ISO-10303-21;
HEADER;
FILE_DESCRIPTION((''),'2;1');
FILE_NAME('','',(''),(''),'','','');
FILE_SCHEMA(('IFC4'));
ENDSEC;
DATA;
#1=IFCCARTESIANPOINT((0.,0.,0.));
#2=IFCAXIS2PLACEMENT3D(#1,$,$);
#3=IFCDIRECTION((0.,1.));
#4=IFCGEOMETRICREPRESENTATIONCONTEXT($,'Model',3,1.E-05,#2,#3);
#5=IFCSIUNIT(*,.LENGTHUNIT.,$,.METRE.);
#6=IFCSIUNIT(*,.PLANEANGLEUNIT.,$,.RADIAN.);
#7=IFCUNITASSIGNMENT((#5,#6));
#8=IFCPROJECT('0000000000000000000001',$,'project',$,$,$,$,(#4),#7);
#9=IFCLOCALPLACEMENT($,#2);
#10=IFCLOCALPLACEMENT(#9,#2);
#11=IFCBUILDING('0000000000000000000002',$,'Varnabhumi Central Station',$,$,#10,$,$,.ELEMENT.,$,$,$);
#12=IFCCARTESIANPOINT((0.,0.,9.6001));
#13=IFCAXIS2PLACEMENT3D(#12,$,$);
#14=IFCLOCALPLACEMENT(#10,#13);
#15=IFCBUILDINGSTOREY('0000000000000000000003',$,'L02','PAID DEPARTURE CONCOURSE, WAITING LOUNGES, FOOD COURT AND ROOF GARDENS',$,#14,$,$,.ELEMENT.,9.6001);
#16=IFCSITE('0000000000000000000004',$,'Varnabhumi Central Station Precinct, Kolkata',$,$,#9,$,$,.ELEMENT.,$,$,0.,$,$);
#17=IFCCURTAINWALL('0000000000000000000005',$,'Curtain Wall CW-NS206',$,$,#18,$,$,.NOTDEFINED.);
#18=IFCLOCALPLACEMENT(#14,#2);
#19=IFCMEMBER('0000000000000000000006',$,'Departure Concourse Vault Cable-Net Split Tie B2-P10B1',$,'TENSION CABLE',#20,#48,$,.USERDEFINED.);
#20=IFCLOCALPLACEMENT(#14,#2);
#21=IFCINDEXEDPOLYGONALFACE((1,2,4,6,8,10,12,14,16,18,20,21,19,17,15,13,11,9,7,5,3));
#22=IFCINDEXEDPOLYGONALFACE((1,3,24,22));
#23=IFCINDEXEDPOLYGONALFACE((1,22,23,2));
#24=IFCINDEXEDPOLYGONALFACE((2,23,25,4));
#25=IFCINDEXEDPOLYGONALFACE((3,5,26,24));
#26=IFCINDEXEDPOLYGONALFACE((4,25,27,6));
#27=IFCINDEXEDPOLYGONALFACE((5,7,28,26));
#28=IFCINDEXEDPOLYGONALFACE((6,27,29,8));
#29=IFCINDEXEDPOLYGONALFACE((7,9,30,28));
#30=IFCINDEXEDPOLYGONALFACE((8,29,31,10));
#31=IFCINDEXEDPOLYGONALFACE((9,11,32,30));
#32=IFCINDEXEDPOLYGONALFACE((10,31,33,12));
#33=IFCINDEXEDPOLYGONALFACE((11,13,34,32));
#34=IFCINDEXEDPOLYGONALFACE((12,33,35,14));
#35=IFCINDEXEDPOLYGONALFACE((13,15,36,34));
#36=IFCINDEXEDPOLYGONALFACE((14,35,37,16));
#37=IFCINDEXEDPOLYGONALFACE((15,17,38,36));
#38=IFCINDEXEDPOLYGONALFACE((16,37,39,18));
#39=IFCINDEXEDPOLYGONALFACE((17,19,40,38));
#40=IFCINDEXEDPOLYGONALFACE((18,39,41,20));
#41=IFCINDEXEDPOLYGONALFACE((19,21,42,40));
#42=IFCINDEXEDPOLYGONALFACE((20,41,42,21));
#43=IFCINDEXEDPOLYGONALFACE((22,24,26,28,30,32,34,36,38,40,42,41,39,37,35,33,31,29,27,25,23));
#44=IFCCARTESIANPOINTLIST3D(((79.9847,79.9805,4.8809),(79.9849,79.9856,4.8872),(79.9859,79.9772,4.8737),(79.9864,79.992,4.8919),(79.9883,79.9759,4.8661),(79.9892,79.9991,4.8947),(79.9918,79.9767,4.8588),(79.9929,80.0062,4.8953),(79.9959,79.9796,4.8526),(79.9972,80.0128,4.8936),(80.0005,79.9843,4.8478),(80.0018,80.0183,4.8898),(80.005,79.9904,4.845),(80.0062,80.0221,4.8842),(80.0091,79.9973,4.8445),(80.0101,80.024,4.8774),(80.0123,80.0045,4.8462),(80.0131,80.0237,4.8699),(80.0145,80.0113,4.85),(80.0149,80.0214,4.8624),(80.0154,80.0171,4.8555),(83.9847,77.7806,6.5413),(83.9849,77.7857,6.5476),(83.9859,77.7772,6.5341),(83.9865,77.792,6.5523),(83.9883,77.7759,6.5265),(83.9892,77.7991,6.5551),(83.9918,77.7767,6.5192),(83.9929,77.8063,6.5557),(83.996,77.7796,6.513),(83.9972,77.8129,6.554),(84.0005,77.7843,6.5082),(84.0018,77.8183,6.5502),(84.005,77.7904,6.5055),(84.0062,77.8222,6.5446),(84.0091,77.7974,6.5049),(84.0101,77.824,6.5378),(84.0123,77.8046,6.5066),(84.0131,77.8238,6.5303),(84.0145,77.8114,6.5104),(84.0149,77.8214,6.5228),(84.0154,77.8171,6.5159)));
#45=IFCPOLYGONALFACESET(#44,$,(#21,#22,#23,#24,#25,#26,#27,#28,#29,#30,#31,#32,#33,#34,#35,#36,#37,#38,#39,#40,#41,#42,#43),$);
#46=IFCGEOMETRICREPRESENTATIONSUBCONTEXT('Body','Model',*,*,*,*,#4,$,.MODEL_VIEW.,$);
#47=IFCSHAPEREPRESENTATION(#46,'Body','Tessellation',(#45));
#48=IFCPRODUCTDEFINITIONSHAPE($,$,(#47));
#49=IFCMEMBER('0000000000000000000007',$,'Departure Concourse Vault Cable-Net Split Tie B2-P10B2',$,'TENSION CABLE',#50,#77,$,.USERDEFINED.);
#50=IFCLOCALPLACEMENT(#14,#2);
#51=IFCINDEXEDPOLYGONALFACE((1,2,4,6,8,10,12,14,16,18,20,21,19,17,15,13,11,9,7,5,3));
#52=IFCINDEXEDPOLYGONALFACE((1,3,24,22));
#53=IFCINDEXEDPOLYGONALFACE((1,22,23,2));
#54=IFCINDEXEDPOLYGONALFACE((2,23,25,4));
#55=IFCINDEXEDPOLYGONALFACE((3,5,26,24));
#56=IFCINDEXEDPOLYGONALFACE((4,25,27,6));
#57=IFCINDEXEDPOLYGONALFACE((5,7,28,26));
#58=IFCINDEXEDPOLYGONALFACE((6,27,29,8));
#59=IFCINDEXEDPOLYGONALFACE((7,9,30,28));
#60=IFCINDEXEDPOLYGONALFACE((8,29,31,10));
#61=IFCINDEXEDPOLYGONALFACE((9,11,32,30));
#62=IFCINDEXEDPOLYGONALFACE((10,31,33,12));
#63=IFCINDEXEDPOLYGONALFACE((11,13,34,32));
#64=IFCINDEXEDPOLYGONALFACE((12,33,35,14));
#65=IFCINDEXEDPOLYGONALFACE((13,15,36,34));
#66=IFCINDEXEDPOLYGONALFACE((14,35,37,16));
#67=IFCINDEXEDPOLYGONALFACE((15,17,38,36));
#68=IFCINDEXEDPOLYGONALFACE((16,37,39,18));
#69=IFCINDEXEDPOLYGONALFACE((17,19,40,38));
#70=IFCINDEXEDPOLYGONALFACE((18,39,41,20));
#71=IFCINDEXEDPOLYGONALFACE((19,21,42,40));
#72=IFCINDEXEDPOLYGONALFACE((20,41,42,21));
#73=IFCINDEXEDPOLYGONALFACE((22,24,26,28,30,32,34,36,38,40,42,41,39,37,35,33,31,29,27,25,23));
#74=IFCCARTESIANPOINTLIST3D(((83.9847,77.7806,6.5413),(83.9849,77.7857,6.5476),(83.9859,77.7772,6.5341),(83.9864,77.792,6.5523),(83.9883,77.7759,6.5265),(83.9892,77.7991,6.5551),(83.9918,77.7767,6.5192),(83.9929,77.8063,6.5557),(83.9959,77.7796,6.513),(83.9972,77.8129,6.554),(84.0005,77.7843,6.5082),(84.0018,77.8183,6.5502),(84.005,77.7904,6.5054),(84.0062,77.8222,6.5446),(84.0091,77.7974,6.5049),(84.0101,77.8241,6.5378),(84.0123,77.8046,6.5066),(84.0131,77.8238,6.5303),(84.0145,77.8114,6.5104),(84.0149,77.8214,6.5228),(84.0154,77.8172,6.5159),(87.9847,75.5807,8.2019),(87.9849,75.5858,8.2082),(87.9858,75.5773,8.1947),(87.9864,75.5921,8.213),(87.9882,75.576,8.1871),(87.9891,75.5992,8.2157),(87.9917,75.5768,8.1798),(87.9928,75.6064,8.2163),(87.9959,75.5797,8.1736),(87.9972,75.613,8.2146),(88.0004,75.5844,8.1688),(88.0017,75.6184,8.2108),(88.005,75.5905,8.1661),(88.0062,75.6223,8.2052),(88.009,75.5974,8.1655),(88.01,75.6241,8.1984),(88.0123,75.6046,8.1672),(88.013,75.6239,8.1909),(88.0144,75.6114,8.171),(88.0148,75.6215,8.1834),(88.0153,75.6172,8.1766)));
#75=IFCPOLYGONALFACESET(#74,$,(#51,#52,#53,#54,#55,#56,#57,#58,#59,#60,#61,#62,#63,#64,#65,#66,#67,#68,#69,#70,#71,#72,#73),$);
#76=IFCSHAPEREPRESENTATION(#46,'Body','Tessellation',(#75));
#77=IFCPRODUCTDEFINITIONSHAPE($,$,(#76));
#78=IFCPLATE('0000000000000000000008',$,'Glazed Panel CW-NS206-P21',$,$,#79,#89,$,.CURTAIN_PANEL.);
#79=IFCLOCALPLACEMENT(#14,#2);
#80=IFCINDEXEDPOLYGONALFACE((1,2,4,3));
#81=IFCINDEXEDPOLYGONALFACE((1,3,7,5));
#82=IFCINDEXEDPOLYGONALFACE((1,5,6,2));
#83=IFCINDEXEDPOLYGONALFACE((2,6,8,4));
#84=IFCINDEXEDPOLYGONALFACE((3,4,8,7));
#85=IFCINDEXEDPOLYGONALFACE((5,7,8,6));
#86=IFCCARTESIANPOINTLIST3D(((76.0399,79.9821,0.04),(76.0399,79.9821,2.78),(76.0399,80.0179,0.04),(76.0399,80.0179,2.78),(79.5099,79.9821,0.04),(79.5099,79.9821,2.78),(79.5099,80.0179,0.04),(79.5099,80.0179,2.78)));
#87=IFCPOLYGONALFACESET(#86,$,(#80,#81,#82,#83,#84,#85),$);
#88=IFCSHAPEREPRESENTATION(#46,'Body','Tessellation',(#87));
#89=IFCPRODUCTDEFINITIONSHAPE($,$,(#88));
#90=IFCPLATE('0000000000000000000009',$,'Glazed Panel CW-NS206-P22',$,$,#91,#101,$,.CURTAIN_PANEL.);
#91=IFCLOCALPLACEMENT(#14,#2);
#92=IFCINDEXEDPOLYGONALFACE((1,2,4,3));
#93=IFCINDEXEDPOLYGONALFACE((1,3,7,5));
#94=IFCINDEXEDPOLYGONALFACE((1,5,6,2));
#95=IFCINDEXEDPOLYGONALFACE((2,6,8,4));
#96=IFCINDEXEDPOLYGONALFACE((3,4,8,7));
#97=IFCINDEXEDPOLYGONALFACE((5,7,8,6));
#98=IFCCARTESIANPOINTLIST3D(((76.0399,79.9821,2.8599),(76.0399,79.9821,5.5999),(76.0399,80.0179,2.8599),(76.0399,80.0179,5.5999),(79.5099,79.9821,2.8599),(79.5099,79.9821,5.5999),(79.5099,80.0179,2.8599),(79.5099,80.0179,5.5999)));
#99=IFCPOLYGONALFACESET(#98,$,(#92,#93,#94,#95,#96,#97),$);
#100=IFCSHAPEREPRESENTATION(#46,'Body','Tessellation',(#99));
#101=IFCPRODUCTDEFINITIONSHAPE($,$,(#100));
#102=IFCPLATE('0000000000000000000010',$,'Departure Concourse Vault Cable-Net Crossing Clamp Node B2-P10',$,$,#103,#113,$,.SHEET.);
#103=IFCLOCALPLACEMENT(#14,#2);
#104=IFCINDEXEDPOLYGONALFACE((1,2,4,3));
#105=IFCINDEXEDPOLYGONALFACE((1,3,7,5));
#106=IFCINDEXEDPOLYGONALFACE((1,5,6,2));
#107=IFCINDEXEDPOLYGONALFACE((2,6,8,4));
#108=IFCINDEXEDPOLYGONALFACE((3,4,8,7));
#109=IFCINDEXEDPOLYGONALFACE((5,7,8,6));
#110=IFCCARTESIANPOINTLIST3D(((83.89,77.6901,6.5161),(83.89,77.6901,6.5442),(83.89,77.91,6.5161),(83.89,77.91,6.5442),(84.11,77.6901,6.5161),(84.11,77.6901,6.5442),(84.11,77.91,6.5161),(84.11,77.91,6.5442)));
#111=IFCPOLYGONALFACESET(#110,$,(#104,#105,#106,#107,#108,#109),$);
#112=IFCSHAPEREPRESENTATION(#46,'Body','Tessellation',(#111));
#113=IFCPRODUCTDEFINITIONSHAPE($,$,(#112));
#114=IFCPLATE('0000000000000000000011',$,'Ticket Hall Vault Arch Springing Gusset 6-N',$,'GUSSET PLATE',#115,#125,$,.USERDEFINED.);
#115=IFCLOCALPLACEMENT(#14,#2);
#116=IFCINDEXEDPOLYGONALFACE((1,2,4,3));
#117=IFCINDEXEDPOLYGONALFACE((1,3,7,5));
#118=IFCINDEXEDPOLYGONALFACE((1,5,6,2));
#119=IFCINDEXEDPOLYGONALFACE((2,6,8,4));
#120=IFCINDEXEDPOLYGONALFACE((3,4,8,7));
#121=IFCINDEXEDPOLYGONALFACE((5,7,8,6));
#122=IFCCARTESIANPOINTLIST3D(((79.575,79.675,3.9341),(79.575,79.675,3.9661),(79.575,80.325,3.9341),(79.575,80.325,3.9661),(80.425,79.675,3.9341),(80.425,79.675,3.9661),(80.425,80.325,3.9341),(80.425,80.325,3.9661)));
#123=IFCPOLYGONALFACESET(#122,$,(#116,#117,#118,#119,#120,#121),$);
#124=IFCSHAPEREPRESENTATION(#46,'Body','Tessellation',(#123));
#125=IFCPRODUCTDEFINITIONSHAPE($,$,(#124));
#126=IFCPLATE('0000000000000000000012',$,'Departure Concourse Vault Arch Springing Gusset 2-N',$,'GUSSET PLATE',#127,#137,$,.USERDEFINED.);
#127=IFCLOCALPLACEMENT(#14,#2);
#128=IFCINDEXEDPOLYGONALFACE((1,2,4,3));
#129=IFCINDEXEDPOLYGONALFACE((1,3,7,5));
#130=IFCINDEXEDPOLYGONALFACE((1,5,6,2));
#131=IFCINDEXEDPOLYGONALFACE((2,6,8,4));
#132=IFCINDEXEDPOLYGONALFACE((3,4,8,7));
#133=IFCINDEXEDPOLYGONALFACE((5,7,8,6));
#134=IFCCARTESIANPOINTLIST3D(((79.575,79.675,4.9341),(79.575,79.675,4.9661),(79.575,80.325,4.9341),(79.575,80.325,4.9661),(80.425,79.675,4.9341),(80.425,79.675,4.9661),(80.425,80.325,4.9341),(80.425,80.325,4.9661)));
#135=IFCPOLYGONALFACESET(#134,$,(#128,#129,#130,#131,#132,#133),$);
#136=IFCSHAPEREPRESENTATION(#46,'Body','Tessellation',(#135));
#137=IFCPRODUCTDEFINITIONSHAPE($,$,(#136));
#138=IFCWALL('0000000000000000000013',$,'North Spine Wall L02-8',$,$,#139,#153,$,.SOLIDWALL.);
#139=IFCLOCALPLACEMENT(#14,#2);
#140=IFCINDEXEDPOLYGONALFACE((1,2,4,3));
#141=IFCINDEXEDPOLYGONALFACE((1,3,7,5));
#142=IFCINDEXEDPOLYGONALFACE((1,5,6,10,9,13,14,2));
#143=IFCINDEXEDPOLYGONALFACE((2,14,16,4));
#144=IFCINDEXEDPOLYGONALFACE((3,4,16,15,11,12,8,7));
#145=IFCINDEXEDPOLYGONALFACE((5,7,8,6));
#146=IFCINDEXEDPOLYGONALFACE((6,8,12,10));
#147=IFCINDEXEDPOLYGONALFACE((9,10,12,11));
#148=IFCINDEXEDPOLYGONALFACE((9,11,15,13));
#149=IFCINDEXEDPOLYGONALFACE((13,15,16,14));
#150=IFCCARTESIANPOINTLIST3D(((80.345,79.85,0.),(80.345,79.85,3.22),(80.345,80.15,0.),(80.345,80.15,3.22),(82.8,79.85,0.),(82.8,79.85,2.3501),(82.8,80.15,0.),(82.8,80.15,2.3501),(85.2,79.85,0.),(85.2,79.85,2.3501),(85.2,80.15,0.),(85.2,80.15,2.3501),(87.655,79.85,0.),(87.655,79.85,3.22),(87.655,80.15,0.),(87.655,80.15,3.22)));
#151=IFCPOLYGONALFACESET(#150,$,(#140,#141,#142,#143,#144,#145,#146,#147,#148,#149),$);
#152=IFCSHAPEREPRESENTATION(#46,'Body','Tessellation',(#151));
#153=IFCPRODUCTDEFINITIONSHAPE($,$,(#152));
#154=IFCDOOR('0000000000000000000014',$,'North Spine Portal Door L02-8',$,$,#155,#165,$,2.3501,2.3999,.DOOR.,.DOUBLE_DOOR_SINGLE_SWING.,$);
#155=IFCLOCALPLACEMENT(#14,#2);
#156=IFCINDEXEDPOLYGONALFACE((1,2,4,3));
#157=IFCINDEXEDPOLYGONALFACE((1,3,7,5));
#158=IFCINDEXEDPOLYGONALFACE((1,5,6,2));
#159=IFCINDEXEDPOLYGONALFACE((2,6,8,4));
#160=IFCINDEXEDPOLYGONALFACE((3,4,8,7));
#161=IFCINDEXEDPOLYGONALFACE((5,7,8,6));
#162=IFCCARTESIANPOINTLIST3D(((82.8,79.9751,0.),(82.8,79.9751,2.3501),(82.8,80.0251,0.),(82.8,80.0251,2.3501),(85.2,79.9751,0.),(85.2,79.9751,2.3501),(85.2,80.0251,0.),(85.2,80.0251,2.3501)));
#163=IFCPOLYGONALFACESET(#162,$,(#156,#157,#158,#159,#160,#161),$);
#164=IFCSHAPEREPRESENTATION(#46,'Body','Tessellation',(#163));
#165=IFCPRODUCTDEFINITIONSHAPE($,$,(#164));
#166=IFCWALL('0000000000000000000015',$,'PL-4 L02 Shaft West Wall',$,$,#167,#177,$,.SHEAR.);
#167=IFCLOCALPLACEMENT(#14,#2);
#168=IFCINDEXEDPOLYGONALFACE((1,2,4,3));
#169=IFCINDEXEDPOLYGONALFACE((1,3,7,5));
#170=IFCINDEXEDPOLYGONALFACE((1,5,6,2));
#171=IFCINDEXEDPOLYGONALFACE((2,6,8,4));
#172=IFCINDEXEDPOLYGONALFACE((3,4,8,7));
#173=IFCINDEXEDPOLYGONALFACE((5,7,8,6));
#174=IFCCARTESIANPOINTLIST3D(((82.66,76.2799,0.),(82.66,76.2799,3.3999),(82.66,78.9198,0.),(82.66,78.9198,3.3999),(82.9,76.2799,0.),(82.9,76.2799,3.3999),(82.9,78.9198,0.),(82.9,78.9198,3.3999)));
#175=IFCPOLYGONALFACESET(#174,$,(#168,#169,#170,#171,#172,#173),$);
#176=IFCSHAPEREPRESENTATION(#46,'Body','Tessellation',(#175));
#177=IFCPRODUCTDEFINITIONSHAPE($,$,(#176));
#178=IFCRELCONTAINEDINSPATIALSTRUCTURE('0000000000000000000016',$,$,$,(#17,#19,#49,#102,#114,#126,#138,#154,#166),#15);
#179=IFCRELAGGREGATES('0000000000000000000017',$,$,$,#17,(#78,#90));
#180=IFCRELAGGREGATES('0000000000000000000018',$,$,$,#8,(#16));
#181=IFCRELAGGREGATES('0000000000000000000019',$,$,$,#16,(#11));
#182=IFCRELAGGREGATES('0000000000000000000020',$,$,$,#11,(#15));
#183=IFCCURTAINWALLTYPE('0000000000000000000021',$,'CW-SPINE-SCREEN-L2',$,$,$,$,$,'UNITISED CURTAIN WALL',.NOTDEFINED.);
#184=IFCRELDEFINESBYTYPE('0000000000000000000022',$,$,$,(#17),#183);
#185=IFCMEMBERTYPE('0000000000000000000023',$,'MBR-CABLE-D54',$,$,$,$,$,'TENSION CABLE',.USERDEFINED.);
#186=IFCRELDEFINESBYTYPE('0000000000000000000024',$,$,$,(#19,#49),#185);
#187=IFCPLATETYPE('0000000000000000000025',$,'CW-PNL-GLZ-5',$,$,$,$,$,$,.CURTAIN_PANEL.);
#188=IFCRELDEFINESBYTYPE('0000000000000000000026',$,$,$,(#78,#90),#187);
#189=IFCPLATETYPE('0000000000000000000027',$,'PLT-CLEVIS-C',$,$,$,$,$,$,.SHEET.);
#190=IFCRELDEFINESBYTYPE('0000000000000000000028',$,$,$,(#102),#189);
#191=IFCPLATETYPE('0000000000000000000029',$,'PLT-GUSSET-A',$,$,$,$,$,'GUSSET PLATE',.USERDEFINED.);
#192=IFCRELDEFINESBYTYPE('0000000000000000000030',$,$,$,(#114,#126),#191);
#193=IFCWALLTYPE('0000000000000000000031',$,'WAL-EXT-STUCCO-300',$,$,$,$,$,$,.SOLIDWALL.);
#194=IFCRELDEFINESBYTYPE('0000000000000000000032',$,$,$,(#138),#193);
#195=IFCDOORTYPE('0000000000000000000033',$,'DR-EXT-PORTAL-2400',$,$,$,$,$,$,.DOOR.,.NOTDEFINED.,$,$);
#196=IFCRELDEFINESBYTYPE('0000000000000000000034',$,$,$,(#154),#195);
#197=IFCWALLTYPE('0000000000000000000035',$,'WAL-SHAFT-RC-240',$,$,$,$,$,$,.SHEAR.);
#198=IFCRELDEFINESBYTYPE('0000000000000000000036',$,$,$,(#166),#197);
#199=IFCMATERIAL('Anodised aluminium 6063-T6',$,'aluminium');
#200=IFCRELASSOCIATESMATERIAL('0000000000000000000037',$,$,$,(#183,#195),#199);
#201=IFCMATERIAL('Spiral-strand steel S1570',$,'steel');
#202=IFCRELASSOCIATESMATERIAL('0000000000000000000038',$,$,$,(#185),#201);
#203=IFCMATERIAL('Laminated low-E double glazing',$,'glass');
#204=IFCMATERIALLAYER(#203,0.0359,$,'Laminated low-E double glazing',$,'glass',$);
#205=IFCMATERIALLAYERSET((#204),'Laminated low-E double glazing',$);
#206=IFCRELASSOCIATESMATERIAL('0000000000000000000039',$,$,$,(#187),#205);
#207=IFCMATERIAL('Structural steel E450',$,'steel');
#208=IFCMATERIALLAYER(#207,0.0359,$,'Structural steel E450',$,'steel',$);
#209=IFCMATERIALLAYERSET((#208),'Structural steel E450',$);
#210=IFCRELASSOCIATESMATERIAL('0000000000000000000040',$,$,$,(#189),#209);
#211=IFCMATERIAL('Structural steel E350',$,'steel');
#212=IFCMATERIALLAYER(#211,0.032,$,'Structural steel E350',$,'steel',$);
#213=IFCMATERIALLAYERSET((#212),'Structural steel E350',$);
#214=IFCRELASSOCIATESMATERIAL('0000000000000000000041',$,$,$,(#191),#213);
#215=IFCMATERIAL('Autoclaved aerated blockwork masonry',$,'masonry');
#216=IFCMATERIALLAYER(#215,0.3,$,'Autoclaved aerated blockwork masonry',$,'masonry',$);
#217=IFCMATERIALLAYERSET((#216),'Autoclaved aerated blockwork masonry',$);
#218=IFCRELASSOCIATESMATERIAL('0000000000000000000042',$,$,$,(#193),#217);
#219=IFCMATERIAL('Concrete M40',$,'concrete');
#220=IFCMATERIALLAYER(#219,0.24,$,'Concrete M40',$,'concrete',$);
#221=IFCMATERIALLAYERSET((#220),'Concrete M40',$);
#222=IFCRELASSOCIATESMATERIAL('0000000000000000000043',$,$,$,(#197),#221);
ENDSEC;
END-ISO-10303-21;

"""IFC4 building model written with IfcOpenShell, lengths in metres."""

from ifc_helpers import new_model, si_unit, direction, frame, frame_2d, origin, origin_2d, place, context, subcontext, project, spatial, rectangle, circle, extrude, material, layer, layer_set, material_profile, profile_set, type_object, element, fill, aggregate, save


model = new_model("IFC4")

# Units and contexts
model_context = context("Model", 3, precision=1e-05, world=origin(), true_north=direction((0.0, 1.0)))
body_context = subcontext(model_context, "Body", "Model", "MODEL_VIEW")
ifc_project = project(units=[si_unit("LENGTHUNIT", "METRE"), si_unit("PLANEANGLEUNIT", "RADIAN")], contexts=[model_context])

# Site, building, storey
site_placement = place(None, origin())
site = spatial("IfcSite", under=ifc_project, at=site_placement, Name="Varnabhumi Central Station Precinct, Kolkata", CompositionType="ELEMENT", RefElevation=0.0)
building_placement = place(site_placement, origin())
building = spatial("IfcBuilding", under=site, at=building_placement, Name="Varnabhumi Central Station", CompositionType="ELEMENT")
storey_placement = place(building_placement, frame((0.0, 0.0, 9.6001)))
storey = spatial("IfcBuildingStorey", under=building, at=storey_placement, Name="L02", Description="PAID DEPARTURE CONCOURSE, WAITING LOUNGES, FOOD COURT AND ROOF GARDENS", CompositionType="ELEMENT", Elevation=9.6001)

# Shared definitions
ifc_material_1 = material(Name="Structural steel E450", Category="steel")
ifc_material_2 = material(Name="Structural steel E350", Category="steel")
ifc_material_3 = material(Name="Concrete M40", Category="concrete")

# Curtain wall
ifc_material_4 = material(Name="Anodised aluminium 6063-T6", Category="aluminium")
curtain_wall_type = type_object("IfcCurtainWallType", Name="CW-SPINE-SCREEN-L2", ElementType="UNITISED CURTAIN WALL", PredefinedType="NOTDEFINED", material=ifc_material_4)
curtain_wall_placement = place(storey_placement, origin())
curtain_wall = element("IfcCurtainWall", 1, at=curtain_wall_placement, inside=storey, type_object=curtain_wall_type, Name="Curtain Wall CW-NS206", PredefinedType="NOTDEFINED")

# Members
ifc_material_5 = material(Name="Spiral-strand steel S1570", Category="steel")
ifc_material_profile_1 = material_profile(ifc_material_5, circle(Radius=0.0271, at=origin_2d()), Name="Spiral-strand steel S1570", Category="steel")
ifc_profile_set_1 = profile_set([ifc_material_profile_1], Name="Spiral-strand steel S1570")
member_type_1 = type_object("IfcMemberType", Name="MBR-CABLE-D54", ElementType="TENSION CABLE", PredefinedType="USERDEFINED", material=ifc_profile_set_1)
for number, where, z_axis, x_axis, name in (
    (2, (80.0, 80.0, 4.8699), (0.823444, -0.452884, 0.341812), (0.481911, 0.87622, 0.0), "Departure Concourse Vault Cable-Net Split Tie B2-P10B1"),
    (3, (84.0, 77.8, 6.5303), (0.82343, -0.452877, 0.341856), (0.481911, 0.87622, 0.0), "Departure Concourse Vault Cable-Net Split Tie B2-P10B2"),
):
    element("IfcMember", number, at=place(storey_placement, frame(where, z_axis=z_axis, x_axis=x_axis)), inside=storey, type_object=member_type_1, Name=name, ObjectType="TENSION CABLE", PredefinedType="USERDEFINED", context=body_context, shape_type="SweptSolid", body=[
        extrude(circle(Radius=0.0271, at=origin_2d()), origin(), (0.0, 0.0, 1.0), 4.8577),
    ])

# Plates
ifc_material_6 = material(Name="Laminated low-E double glazing", Category="glass")
ifc_layer_1 = layer(ifc_material_6, 0.0359, Name="Laminated low-E double glazing", Category="glass")
ifc_layer_set_1 = layer_set([ifc_layer_1], Name="Laminated low-E double glazing")
plate_type_1 = type_object("IfcPlateType", Name="CW-PNL-GLZ-5", PredefinedType="CURTAIN_PANEL", material=ifc_layer_set_1)
plate_1_placement = place(storey_placement, frame((77.7749, 80.0, 0.04), z_axis=(0.0, 0.0, 1.0), x_axis=(1.0, 0.0, 0.0)))
plate_1 = element("IfcPlate", 4, at=plate_1_placement, type_object=plate_type_1, Name="Glazed Panel CW-NS206-P21", PredefinedType="CURTAIN_PANEL", context=body_context, shape_type="SweptSolid", body=[
    extrude(rectangle(XDim=3.47, YDim=0.0359, at=origin_2d()), origin(), (0.0, 0.0, 1.0), 2.74),
])
plate_2_placement = place(storey_placement, frame((77.7749, 80.0, 2.8599), z_axis=(0.0, 0.0, 1.0), x_axis=(1.0, 0.0, 0.0)))
plate_2 = element("IfcPlate", 5, at=plate_2_placement, type_object=plate_type_1, Name="Glazed Panel CW-NS206-P22", PredefinedType="CURTAIN_PANEL", context=body_context, shape_type="SweptSolid", body=[
    extrude(rectangle(XDim=3.47, YDim=0.0359, at=origin_2d()), origin(), (0.0, 0.0, 1.0), 2.74),
])
aggregate(curtain_wall, [plate_1, plate_2])

# Plates
ifc_layer_2 = layer(ifc_material_1, 0.0359, Name="Structural steel E450", Category="steel")
ifc_layer_set_2 = layer_set([ifc_layer_2], Name="Structural steel E450")
plate_type_2 = type_object("IfcPlateType", Name="PLT-CLEVIS-C", PredefinedType="SHEET", material=ifc_layer_set_2)
plate_3_placement = place(storey_placement, frame((84.0, 77.8, 6.5161), z_axis=(0.0, 0.0, 1.0), x_axis=(1.0, 0.0, 0.0)))
element("IfcPlate", 6, at=plate_3_placement, inside=storey, type_object=plate_type_2, Name="Departure Concourse Vault Cable-Net Crossing Clamp Node B2-P10", PredefinedType="SHEET", context=body_context, shape_type="SweptSolid", body=[
    extrude(rectangle(XDim=0.22, YDim=0.22, at=origin_2d()), origin(), (0.0, 0.0, 1.0), 0.0281),
])
ifc_layer_3 = layer(ifc_material_2, 0.032, Name="Structural steel E350", Category="steel")
ifc_layer_set_3 = layer_set([ifc_layer_3], Name="Structural steel E350")
plate_type_3 = type_object("IfcPlateType", Name="PLT-GUSSET-A", ElementType="GUSSET PLATE", PredefinedType="USERDEFINED", material=ifc_layer_set_3)
for number, where, z_axis, x_axis, name in (
    (7, (80.0, 80.0, 3.9341), (0.0, 0.0, 1.0), (1.0, 0.0, 0.0), "Ticket Hall Vault Arch Springing Gusset 6-N"),
    (8, (80.0, 80.0, 4.9341), (0.0, 0.0, 1.0), (1.0, 0.0, 0.0), "Departure Concourse Vault Arch Springing Gusset 2-N"),
):
    element("IfcPlate", number, at=place(storey_placement, frame(where, z_axis=z_axis, x_axis=x_axis)), inside=storey, type_object=plate_type_3, Name=name, ObjectType="GUSSET PLATE", PredefinedType="USERDEFINED", context=body_context, shape_type="SweptSolid", body=[
        extrude(rectangle(XDim=0.8501, YDim=0.6499, at=origin_2d()), origin(), (0.0, 0.0, 1.0), 0.032),
    ])

# Wall, opening, door
ifc_material_7 = material(Name="Autoclaved aerated blockwork masonry", Category="masonry")
ifc_layer_4 = layer(ifc_material_7, 0.3, Name="Autoclaved aerated blockwork masonry", Category="masonry")
ifc_layer_set_4 = layer_set([ifc_layer_4], Name="Autoclaved aerated blockwork masonry")
wall_type_1 = type_object("IfcWallType", Name="WAL-EXT-STUCCO-300", PredefinedType="SOLIDWALL", material=ifc_layer_set_4)
wall_1_placement = place(storey_placement, frame((80.345, 80.0, 0.0), z_axis=(0.0, 0.0, 1.0), x_axis=(1.0, 0.0, 0.0)))
wall_1 = element("IfcWall", 9, at=wall_1_placement, inside=storey, type_object=wall_type_1, Name="North Spine Wall L02-8", PredefinedType="SOLIDWALL", context=body_context, shape_type="SweptSolid", body=[
    extrude(rectangle(XDim=7.3101, YDim=0.3, at=frame_2d((3.655, 0.0))), origin(), (0.0, 0.0, 1.0), 3.22),
])
opening_1_placement = place(wall_1_placement, frame((2.4551, 0.0, 0.0)))
opening_1 = element("IfcOpeningElement", 10, at=opening_1_placement, cuts=wall_1, PredefinedType="OPENING", context=body_context, shape_type="SweptSolid", body=[
    extrude(rectangle(XDim=2.3999, YDim=2.3501, at=frame_2d((1.2, 1.175))), frame((0.0, 0.1599, 0.0), z_axis=(0.0, -1.0, 0.0), x_axis=(1.0, 0.0, 0.0)), (0.0, 0.0, 1.0), 0.3201),
])
door_type_1 = type_object("IfcDoorType", Name="DR-EXT-PORTAL-2400", OperationType="NOTDEFINED", PredefinedType="DOOR", material=ifc_material_4)
door_1_placement = place(opening_1_placement, frame((2.3999, 0.0, 0.0), z_axis=(0.0, 0.0, 1.0), x_axis=(-1.0, 0.0, 0.0)))
door_1 = element("IfcDoor", 11, at=door_1_placement, inside=storey, type_object=door_type_1, Name="North Spine Portal Door L02-8", OperationType="DOUBLE_DOOR_SINGLE_SWING", OverallHeight=2.3501, OverallWidth=2.3999, PredefinedType="DOOR", context=body_context, shape_type="SweptSolid", body=[
    extrude(rectangle(XDim=2.3999, YDim=2.3501, at=frame_2d((1.2, 1.175))), frame((0.0, 0.0249, 0.0), z_axis=(0.0, -1.0, 0.0), x_axis=(1.0, 0.0, 0.0)), (0.0, 0.0, 1.0), 0.05),
])
fill(opening_1, door_1)

# Wall
ifc_layer_5 = layer(ifc_material_3, 0.24, Name="Concrete M40", Category="concrete")
ifc_layer_set_5 = layer_set([ifc_layer_5], Name="Concrete M40")
wall_type_2 = type_object("IfcWallType", Name="WAL-SHAFT-RC-240", PredefinedType="SHEAR", material=ifc_layer_set_5)
wall_2_placement = place(storey_placement, frame((82.78, 76.28, 0.0), z_axis=(0.0, 0.0, 1.0), x_axis=(0.0, 1.0, 0.0)))
element("IfcWall", 12, at=wall_2_placement, inside=storey, type_object=wall_type_2, Name="PL-4 L02 Shaft West Wall", PredefinedType="SHEAR", context=body_context, shape_type="SweptSolid", body=[
    extrude(rectangle(XDim=2.6399, YDim=0.24, at=frame_2d((1.3198, 0.0))), origin(), (0.0, 0.0, 1.0), 3.3999),
])

save(model, "model.ifc")
